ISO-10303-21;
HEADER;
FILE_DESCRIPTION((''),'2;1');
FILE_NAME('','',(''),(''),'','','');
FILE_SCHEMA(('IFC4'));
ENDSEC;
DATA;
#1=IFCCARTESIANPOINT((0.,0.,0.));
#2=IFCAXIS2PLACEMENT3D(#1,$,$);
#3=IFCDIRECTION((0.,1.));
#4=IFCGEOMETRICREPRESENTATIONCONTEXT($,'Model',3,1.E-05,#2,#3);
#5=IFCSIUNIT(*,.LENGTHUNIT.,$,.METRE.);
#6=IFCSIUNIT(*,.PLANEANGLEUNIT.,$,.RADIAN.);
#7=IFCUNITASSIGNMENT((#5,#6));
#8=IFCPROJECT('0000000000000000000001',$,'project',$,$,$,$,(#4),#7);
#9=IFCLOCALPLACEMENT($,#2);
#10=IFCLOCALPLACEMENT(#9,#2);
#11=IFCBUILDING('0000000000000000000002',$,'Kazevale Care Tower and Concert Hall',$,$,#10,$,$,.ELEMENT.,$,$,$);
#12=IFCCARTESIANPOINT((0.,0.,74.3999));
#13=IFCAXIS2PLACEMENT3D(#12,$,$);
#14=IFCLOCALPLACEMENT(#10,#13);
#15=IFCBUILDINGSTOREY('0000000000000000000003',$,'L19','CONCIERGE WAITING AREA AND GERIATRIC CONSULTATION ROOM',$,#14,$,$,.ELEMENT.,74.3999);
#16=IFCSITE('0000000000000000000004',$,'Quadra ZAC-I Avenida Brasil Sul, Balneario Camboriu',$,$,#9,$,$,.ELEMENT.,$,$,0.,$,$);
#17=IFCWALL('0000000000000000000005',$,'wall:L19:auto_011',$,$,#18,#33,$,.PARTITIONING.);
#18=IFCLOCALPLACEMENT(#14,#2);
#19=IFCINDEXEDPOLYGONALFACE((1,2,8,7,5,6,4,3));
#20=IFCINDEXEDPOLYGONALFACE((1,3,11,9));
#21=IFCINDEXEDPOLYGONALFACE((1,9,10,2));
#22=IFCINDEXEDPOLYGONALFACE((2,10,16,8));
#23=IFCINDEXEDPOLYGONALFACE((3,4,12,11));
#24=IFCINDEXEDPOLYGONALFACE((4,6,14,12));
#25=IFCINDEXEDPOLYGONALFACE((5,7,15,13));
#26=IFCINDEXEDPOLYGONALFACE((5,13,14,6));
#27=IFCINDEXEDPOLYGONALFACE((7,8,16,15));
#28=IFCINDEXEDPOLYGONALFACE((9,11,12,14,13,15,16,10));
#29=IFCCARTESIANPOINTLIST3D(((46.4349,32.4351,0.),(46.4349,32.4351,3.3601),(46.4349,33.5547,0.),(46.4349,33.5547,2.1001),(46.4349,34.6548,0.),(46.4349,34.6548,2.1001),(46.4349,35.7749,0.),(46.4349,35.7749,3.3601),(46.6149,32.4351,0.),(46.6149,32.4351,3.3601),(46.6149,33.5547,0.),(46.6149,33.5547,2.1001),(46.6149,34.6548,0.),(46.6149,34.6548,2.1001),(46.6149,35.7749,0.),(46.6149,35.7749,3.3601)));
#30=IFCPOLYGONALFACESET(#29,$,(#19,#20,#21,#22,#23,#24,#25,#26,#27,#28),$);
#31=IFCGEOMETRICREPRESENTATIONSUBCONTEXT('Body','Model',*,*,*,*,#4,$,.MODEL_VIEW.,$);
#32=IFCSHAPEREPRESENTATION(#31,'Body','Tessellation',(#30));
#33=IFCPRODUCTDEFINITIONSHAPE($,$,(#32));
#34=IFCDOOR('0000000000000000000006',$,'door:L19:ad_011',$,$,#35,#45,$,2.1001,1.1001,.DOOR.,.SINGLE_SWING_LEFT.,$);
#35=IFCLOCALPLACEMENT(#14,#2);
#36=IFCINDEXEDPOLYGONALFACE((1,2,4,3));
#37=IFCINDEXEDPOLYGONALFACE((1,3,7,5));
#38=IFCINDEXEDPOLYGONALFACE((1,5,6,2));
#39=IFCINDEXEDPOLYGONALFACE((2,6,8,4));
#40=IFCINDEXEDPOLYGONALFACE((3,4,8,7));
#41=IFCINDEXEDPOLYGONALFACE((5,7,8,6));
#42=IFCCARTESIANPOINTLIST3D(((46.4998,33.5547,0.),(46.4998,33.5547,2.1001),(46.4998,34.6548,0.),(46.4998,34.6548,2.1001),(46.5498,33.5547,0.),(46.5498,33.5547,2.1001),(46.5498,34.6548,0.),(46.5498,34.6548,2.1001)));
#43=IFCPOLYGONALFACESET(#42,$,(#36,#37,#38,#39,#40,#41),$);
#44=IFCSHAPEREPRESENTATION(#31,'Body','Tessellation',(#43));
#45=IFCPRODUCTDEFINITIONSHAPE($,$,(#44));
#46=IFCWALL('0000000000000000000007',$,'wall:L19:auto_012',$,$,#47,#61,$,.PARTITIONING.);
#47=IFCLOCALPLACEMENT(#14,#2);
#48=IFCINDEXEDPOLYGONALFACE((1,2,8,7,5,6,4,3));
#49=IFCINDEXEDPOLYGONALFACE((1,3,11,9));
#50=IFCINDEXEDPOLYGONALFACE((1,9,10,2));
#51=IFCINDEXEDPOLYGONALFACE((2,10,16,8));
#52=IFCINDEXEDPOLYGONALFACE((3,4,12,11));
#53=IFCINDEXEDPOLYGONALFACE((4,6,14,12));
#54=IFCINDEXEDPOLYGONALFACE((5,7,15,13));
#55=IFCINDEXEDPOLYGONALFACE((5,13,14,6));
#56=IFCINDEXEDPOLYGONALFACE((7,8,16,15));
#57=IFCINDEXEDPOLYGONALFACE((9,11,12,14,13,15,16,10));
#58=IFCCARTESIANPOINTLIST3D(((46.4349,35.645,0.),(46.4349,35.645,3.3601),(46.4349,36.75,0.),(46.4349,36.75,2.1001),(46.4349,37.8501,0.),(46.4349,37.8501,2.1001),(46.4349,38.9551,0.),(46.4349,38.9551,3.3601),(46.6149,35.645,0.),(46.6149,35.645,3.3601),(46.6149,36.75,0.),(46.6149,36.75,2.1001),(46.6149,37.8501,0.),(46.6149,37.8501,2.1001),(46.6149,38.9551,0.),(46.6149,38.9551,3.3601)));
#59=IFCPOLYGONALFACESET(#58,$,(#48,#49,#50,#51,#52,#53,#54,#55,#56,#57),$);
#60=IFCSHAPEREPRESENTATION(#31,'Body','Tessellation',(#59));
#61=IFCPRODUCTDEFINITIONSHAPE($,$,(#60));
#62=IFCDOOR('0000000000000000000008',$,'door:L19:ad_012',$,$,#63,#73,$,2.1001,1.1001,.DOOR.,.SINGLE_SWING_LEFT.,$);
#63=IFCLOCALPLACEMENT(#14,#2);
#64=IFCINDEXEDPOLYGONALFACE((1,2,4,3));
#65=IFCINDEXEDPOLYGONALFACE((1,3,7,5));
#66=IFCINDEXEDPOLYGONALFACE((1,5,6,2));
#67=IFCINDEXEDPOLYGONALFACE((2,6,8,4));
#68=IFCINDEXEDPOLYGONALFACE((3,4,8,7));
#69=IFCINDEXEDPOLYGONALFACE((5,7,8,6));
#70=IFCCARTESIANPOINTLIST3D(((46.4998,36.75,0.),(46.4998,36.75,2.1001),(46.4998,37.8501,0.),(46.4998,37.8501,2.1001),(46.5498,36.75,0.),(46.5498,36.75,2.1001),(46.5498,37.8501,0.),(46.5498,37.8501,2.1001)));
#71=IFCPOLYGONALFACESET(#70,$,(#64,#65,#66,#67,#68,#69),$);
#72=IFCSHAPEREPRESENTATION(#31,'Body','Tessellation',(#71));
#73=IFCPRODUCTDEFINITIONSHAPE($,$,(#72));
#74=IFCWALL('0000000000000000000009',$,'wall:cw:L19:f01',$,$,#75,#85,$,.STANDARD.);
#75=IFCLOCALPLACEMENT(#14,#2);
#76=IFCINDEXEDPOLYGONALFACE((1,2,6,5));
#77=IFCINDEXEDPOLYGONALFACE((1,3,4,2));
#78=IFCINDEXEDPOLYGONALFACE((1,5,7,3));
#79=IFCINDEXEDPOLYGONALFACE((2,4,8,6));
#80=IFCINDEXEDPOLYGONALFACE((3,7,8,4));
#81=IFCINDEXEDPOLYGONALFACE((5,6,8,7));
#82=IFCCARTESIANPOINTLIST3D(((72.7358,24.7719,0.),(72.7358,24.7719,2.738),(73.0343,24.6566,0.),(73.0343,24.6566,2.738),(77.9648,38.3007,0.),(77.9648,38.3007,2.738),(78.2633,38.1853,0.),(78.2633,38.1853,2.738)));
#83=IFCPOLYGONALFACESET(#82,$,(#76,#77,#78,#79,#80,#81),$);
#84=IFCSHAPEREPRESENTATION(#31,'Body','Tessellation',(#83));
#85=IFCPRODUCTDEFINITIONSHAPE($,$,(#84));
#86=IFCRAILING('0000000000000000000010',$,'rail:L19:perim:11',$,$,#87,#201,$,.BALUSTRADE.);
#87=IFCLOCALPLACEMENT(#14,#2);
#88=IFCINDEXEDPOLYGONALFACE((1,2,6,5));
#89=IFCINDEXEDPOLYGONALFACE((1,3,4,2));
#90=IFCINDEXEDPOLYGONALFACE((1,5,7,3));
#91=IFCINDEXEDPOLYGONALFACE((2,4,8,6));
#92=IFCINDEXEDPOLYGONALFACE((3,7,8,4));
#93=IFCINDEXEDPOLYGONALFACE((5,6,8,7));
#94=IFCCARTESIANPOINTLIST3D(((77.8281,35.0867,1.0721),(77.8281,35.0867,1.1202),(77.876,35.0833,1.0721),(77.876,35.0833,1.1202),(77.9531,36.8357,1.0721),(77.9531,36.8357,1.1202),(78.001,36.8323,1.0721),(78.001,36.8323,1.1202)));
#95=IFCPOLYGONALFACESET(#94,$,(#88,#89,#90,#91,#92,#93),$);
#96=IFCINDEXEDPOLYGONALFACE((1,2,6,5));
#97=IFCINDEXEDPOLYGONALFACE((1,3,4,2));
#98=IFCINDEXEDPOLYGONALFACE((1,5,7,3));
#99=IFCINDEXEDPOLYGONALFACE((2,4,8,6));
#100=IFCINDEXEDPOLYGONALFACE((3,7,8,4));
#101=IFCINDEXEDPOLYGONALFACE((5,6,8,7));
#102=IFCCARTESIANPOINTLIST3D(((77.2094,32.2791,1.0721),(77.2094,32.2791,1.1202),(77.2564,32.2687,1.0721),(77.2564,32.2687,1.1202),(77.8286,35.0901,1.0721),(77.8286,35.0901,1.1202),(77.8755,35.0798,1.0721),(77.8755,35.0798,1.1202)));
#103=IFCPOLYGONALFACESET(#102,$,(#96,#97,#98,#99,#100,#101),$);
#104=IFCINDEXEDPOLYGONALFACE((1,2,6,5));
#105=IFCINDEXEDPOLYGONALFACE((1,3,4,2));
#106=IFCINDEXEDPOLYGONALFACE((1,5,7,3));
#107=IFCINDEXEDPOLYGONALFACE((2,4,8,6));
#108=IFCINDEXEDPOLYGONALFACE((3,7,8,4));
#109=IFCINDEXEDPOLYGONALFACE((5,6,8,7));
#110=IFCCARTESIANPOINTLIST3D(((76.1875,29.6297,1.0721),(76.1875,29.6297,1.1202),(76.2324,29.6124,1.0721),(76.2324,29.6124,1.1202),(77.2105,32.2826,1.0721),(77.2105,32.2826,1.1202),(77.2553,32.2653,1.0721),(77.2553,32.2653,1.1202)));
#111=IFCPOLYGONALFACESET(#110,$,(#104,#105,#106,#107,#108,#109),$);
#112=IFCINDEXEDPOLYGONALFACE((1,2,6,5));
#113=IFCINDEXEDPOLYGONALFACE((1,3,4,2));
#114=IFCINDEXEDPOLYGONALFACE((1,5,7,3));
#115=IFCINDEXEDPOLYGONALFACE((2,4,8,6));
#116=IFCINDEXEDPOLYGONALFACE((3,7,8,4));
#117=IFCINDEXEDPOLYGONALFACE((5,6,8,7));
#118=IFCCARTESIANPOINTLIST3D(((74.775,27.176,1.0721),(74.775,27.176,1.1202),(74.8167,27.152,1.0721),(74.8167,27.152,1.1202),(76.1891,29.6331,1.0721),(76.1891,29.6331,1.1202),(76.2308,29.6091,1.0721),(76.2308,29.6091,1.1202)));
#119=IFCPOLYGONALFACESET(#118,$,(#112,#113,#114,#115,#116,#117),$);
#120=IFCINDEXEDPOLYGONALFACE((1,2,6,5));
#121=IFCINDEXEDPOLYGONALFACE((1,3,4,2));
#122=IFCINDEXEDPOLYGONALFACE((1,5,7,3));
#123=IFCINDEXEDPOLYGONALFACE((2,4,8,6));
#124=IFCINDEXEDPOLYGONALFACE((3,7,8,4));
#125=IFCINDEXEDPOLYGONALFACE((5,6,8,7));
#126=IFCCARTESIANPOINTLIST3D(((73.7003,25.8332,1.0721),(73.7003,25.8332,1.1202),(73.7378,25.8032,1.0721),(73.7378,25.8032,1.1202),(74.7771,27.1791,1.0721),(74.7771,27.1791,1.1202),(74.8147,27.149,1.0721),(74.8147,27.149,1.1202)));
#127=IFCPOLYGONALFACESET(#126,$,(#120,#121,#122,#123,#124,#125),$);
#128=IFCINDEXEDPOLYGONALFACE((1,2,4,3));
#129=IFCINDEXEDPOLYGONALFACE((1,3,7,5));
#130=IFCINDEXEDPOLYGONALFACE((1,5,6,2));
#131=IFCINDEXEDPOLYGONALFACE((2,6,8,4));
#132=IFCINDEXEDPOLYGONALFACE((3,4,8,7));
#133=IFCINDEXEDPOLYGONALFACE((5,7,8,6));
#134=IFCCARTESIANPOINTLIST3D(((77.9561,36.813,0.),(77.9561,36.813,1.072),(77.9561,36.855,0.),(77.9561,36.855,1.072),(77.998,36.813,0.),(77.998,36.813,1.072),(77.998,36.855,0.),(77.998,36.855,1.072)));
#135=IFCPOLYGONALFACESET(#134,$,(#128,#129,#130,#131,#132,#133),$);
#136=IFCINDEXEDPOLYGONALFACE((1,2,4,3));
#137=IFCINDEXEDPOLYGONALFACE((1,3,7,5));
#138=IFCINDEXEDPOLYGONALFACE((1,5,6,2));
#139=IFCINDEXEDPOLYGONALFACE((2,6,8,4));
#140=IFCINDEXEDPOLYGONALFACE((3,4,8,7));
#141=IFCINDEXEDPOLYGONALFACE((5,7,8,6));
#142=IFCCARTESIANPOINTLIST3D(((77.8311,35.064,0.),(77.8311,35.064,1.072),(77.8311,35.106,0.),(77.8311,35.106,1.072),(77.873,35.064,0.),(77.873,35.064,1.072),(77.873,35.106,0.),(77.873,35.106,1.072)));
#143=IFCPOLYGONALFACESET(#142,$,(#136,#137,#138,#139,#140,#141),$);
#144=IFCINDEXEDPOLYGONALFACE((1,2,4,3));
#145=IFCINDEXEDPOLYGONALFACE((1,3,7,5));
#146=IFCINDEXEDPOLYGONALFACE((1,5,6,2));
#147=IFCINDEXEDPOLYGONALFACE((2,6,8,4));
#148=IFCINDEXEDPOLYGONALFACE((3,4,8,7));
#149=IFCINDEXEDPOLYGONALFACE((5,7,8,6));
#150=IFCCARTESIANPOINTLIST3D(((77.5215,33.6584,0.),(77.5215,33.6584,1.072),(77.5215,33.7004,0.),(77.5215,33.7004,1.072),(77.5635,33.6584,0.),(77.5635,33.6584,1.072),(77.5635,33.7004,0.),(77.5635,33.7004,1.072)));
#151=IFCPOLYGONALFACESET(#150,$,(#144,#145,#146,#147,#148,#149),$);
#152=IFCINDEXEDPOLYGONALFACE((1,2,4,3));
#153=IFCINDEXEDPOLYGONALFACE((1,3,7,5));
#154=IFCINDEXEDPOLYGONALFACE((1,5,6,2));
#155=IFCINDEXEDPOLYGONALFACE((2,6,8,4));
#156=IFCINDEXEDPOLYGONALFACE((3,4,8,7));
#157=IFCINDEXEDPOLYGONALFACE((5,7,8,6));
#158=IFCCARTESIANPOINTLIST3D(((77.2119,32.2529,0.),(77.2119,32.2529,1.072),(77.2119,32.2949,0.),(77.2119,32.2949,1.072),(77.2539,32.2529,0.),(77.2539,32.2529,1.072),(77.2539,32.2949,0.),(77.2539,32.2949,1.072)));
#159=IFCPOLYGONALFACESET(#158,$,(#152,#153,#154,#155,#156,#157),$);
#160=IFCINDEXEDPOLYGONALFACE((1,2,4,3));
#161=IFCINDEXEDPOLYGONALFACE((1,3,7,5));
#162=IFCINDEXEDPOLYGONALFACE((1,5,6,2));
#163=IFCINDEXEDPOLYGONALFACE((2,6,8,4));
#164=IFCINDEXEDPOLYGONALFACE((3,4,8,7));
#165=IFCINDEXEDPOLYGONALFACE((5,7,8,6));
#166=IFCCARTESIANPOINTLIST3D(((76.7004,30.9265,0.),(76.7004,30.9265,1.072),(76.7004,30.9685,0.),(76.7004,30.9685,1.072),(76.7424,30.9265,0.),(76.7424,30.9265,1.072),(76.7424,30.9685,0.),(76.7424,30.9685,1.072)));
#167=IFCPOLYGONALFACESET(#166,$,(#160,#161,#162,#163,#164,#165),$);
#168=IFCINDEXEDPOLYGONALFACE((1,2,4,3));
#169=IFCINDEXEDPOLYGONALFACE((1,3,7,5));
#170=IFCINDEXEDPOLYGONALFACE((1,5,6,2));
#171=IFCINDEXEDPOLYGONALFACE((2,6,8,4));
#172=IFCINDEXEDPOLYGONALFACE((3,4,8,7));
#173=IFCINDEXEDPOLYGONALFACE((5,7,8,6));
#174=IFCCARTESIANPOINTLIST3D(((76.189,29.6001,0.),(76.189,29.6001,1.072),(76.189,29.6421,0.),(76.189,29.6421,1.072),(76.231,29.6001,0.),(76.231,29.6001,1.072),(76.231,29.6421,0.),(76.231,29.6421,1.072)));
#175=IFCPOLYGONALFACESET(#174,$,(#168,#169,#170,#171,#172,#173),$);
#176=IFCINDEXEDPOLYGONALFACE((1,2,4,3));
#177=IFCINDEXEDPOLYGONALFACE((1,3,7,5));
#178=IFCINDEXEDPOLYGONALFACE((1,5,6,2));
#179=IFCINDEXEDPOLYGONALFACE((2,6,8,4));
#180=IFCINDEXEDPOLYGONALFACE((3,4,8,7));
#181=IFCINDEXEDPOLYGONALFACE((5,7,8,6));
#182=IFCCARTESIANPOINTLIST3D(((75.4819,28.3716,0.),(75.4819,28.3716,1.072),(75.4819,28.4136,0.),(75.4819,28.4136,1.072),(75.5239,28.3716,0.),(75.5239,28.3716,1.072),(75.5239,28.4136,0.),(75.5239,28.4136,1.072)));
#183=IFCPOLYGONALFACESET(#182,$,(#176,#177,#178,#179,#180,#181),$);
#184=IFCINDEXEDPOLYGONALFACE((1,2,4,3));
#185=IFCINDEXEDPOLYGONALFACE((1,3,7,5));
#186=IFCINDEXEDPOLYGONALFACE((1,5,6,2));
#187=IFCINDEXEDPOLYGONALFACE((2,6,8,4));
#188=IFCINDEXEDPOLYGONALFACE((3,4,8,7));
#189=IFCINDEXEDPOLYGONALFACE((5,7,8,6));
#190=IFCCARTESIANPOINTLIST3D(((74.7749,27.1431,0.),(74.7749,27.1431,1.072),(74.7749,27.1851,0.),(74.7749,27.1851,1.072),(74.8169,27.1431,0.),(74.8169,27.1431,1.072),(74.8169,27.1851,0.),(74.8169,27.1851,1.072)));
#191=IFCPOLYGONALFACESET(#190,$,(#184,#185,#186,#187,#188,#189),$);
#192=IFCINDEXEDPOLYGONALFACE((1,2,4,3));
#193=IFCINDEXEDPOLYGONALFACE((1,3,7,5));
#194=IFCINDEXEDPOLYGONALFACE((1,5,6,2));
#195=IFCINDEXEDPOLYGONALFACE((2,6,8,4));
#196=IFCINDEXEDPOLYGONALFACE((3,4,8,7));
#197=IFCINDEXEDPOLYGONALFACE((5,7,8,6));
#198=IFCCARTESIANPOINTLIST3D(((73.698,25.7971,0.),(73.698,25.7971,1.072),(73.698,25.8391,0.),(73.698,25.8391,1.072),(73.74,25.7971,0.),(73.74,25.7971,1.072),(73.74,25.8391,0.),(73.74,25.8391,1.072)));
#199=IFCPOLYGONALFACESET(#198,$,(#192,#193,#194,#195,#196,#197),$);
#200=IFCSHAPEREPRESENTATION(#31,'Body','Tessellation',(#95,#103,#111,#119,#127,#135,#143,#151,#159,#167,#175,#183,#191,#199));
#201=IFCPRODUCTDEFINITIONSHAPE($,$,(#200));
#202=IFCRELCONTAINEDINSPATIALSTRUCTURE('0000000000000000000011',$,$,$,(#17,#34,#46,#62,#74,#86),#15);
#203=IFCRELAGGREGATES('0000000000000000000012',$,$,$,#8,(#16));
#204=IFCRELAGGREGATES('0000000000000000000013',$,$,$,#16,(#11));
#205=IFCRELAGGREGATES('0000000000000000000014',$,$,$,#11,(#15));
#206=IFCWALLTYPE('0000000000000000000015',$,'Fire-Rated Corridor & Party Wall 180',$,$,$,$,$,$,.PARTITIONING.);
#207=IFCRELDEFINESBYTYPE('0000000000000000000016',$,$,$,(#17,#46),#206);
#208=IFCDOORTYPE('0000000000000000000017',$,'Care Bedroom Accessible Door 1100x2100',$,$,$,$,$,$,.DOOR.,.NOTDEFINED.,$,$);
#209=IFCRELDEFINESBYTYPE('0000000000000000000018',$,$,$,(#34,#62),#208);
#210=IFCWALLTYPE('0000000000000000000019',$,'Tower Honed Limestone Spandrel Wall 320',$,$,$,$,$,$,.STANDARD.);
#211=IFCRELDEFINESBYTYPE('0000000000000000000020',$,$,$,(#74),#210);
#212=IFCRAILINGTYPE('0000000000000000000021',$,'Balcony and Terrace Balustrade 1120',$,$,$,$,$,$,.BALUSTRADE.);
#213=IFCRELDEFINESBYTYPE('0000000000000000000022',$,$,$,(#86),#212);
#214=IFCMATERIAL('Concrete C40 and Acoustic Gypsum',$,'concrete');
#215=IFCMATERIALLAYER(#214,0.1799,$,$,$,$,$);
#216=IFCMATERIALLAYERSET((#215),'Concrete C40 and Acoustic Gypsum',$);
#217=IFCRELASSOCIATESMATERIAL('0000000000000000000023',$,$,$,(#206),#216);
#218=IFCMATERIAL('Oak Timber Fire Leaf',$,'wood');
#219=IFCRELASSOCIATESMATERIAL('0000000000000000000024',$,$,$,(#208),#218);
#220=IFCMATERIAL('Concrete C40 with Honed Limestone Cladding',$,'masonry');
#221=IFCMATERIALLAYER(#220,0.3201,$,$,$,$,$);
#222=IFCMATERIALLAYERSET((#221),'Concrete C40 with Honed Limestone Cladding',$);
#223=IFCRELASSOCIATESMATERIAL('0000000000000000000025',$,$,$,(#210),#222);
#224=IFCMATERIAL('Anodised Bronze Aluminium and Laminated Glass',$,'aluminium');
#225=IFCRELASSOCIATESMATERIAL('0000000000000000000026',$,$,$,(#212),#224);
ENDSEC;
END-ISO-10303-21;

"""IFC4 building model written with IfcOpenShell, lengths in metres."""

from ifc_helpers import new_model, si_unit, direction, frame, frame_2d, origin, origin_2d, place, context, subcontext, project, spatial, rectangle, extrude, material, layer, layer_set, type_object, element, fill, save


model = new_model("IFC4")

# Units and contexts
model_context = context("Model", 3, precision=1e-05, world=origin(), true_north=direction((0.0, 1.0)))
body_context = subcontext(model_context, "Body", "Model", "MODEL_VIEW")
ifc_project = project(units=[si_unit("LENGTHUNIT", "METRE"), si_unit("PLANEANGLEUNIT", "RADIAN")], contexts=[model_context])

# Site, building, storey
site_placement = place(None, origin())
site = spatial("IfcSite", under=ifc_project, at=site_placement, Name="Quadra ZAC-I Avenida Brasil Sul, Balneario Camboriu", CompositionType="ELEMENT", RefElevation=0.0)
building_placement = place(site_placement, origin())
building = spatial("IfcBuilding", under=site, at=building_placement, Name="Kazevale Care Tower and Concert Hall", CompositionType="ELEMENT")
storey_placement = place(building_placement, frame((0.0, 0.0, 74.3999)))
storey = spatial("IfcBuildingStorey", under=building, at=storey_placement, Name="L19", Description="CONCIERGE WAITING AREA AND GERIATRIC CONSULTATION ROOM", CompositionType="ELEMENT", Elevation=74.3999)

# Walls, openings, doors
ifc_material_1 = material(Name="Concrete C40 and Acoustic Gypsum", Category="concrete")
ifc_layer_1 = layer(ifc_material_1, 0.1799)
ifc_layer_set_1 = layer_set([ifc_layer_1], Name="Concrete C40 and Acoustic Gypsum")
wall_type_1 = type_object("IfcWallType", Name="Fire-Rated Corridor & Party Wall 180", PredefinedType="PARTITIONING", material=ifc_layer_set_1)
ifc_material_2 = material(Name="Oak Timber Fire Leaf", Category="wood")
door_type = type_object("IfcDoorType", Name="Care Bedroom Accessible Door 1100x2100", OperationType="NOTDEFINED", PredefinedType="DOOR", material=ifc_material_2)
wall_1_placement = place(storey_placement, frame((46.5249, 35.7749, 0.0), z_axis=(0.0, 0.0, 1.0), x_axis=(0.0, -1.0, 0.0)))
wall_1 = element("IfcWall", 1, at=wall_1_placement, inside=storey, type_object=wall_type_1, Name="wall:L19:auto_011", PredefinedType="PARTITIONING", context=body_context, shape_type="SweptSolid", body=[
    extrude(rectangle(XDim=3.3398, YDim=0.1799, at=frame_2d((1.6699, 0.0))), origin(), (0.0, 0.0, 1.0), 3.3601),
])
opening_1_placement = place(wall_1_placement, frame((1.1201, 0.0, 0.0)))
opening_1 = element("IfcOpeningElement", 2, at=opening_1_placement, cuts=wall_1, PredefinedType="OPENING", context=body_context, shape_type="SweptSolid", body=[
    extrude(rectangle(XDim=1.1001, YDim=2.1001, at=frame_2d((0.55, 1.05))), frame((0.0, 0.0999, 0.0), z_axis=(0.0, -1.0, 0.0), x_axis=(1.0, 0.0, 0.0)), (0.0, 0.0, 1.0), 0.2),
])
door_1_placement = place(opening_1_placement, origin())
door_1 = element("IfcDoor", 3, at=door_1_placement, inside=storey, type_object=door_type, Name="door:L19:ad_011", OperationType="SINGLE_SWING_LEFT", OverallHeight=2.1001, OverallWidth=1.1001, PredefinedType="DOOR", context=body_context, shape_type="SweptSolid", body=[
    extrude(rectangle(XDim=1.1001, YDim=2.1001, at=frame_2d((0.55, 1.05))), frame((0.0, 0.0249, 0.0), z_axis=(0.0, -1.0, 0.0), x_axis=(1.0, 0.0, 0.0)), (0.0, 0.0, 1.0), 0.05),
])
fill(opening_1, door_1)
wall_2_placement = place(storey_placement, frame((46.5249, 38.9551, 0.0), z_axis=(0.0, 0.0, 1.0), x_axis=(0.0, -1.0, 0.0)))
wall_2 = element("IfcWall", 4, at=wall_2_placement, inside=storey, type_object=wall_type_1, Name="wall:L19:auto_012", PredefinedType="PARTITIONING", context=body_context, shape_type="SweptSolid", body=[
    extrude(rectangle(XDim=3.3101, YDim=0.1799, at=frame_2d((1.655, 0.0))), origin(), (0.0, 0.0, 1.0), 3.3601),
])
opening_2_placement = place(wall_2_placement, frame((1.105, 0.0, 0.0)))
opening_2 = element("IfcOpeningElement", 5, at=opening_2_placement, cuts=wall_2, PredefinedType="OPENING", context=body_context, shape_type="SweptSolid", body=[
    extrude(rectangle(XDim=1.1001, YDim=2.1001, at=frame_2d((0.55, 1.05))), frame((0.0, 0.0999, 0.0), z_axis=(0.0, -1.0, 0.0), x_axis=(1.0, 0.0, 0.0)), (0.0, 0.0, 1.0), 0.2),
])
door_2_placement = place(opening_2_placement, origin())
door_2 = element("IfcDoor", 6, at=door_2_placement, inside=storey, type_object=door_type, Name="door:L19:ad_012", OperationType="SINGLE_SWING_LEFT", OverallHeight=2.1001, OverallWidth=1.1001, PredefinedType="DOOR", context=body_context, shape_type="SweptSolid", body=[
    extrude(rectangle(XDim=1.1001, YDim=2.1001, at=frame_2d((0.55, 1.05))), frame((0.0, 0.0249, 0.0), z_axis=(0.0, -1.0, 0.0), x_axis=(1.0, 0.0, 0.0)), (0.0, 0.0, 1.0), 0.05),
])
fill(opening_2, door_2)

# Wall
ifc_material_3 = material(Name="Concrete C40 with Honed Limestone Cladding", Category="masonry")
ifc_layer_2 = layer(ifc_material_3, 0.3201)
ifc_layer_set_2 = layer_set([ifc_layer_2], Name="Concrete C40 with Honed Limestone Cladding")
wall_type_2 = type_object("IfcWallType", Name="Tower Honed Limestone Spandrel Wall 320", PredefinedType="STANDARD", material=ifc_layer_set_2)
wall_3_placement = place(storey_placement, frame((78.114, 38.2429, 0.0), z_axis=(0.0, 0.0, 1.0), x_axis=(-0.360517, -0.932753, 0.0)))
element("IfcWall", 7, at=wall_3_placement, inside=storey, type_object=wall_type_2, Name="wall:cw:L19:f01", PredefinedType="STANDARD", context=body_context, shape_type="SweptSolid", body=[
    extrude(rectangle(XDim=14.5042, YDim=0.3201, at=frame_2d((7.252, 0.0))), origin(), (0.0, 0.0, 1.0), 2.738),
])

# Railing
ifc_material_4 = material(Name="Anodised Bronze Aluminium and Laminated Glass", Category="aluminium")
railing_type = type_object("IfcRailingType", Name="Balcony and Terrace Balustrade 1120", PredefinedType="BALUSTRADE", material=ifc_material_4)
railing_placement = place(storey_placement, frame((77.9771, 36.834, 0.0)))
element("IfcRailing", 8, at=railing_placement, inside=storey, type_object=railing_type, Name="rail:L19:perim:11", PredefinedType="BALUSTRADE", context=body_context, shape_type="SweptSolid", body=[
    extrude(rectangle(XDim=0.0481, YDim=0.0481, at=origin_2d()), frame((0.0, 0.0, 1.0962), z_axis=(-0.071287, -0.997456, 0.0), x_axis=(0.997456, -0.071287, 0.0)), (0.0, 0.0, 1.0), 1.7534),
    extrude(rectangle(XDim=0.0481, YDim=0.0481, at=origin_2d()), frame((-0.125, -1.749, 1.0962), z_axis=(-0.215098, -0.976592, 0.0), x_axis=(0.976592, -0.215098, 0.0)), (0.0, 0.0, 1.0), 2.8784),
    extrude(rectangle(XDim=0.0481, YDim=0.0481, at=origin_2d()), frame((-0.7441, -4.5601, 1.0962), z_axis=(-0.359785, -0.933035, 0.0), x_axis=(0.933035, -0.359785, 0.0)), (0.0, 0.0, 1.0), 2.8433),
    extrude(rectangle(XDim=0.0481, YDim=0.0481, at=origin_2d()), frame((-1.7671, -7.2129, 1.0962), z_axis=(-0.498808, -0.866713, 0.0), x_axis=(0.866713, -0.498808, 0.0)), (0.0, 0.0, 1.0), 2.835),
    extrude(rectangle(XDim=0.0481, YDim=0.0481, at=origin_2d()), frame((-3.1812, -9.6699, 1.0962), z_axis=(-0.624747, -0.780827, 0.0), x_axis=(0.780827, -0.624747, 0.0)), (0.0, 0.0, 1.0), 1.7236),
    extrude(rectangle(XDim=0.042, YDim=0.042, at=origin_2d()), origin(), (0.0, 0.0, 1.0), 1.072),
    extrude(rectangle(XDim=0.042, YDim=0.042, at=origin_2d()), frame((-0.125, -1.749, 0.0)), (0.0, 0.0, 1.0), 1.072),
    extrude(rectangle(XDim=0.042, YDim=0.042, at=origin_2d()), frame((-0.4346, -3.1545, 0.0)), (0.0, 0.0, 1.0), 1.072),
    extrude(rectangle(XDim=0.042, YDim=0.042, at=origin_2d()), frame((-0.7441, -4.5601, 0.0)), (0.0, 0.0, 1.0), 1.072),
    extrude(rectangle(XDim=0.042, YDim=0.042, at=origin_2d()), frame((-1.2556, -5.8865, 0.0)), (0.0, 0.0, 1.0), 1.072),
    extrude(rectangle(XDim=0.042, YDim=0.042, at=origin_2d()), frame((-1.7671, -7.2129, 0.0)), (0.0, 0.0, 1.0), 1.072),
    extrude(rectangle(XDim=0.042, YDim=0.042, at=origin_2d()), frame((-2.4741, -8.4414, 0.0)), (0.0, 0.0, 1.0), 1.072),
    extrude(rectangle(XDim=0.042, YDim=0.042, at=origin_2d()), frame((-3.1812, -9.6699, 0.0)), (0.0, 0.0, 1.0), 1.072),
    extrude(rectangle(XDim=0.042, YDim=0.042, at=origin_2d()), frame((-4.2581, -11.0159, 0.0)), (0.0, 0.0, 1.0), 1.072),
])

save(model, "model.ifc")
